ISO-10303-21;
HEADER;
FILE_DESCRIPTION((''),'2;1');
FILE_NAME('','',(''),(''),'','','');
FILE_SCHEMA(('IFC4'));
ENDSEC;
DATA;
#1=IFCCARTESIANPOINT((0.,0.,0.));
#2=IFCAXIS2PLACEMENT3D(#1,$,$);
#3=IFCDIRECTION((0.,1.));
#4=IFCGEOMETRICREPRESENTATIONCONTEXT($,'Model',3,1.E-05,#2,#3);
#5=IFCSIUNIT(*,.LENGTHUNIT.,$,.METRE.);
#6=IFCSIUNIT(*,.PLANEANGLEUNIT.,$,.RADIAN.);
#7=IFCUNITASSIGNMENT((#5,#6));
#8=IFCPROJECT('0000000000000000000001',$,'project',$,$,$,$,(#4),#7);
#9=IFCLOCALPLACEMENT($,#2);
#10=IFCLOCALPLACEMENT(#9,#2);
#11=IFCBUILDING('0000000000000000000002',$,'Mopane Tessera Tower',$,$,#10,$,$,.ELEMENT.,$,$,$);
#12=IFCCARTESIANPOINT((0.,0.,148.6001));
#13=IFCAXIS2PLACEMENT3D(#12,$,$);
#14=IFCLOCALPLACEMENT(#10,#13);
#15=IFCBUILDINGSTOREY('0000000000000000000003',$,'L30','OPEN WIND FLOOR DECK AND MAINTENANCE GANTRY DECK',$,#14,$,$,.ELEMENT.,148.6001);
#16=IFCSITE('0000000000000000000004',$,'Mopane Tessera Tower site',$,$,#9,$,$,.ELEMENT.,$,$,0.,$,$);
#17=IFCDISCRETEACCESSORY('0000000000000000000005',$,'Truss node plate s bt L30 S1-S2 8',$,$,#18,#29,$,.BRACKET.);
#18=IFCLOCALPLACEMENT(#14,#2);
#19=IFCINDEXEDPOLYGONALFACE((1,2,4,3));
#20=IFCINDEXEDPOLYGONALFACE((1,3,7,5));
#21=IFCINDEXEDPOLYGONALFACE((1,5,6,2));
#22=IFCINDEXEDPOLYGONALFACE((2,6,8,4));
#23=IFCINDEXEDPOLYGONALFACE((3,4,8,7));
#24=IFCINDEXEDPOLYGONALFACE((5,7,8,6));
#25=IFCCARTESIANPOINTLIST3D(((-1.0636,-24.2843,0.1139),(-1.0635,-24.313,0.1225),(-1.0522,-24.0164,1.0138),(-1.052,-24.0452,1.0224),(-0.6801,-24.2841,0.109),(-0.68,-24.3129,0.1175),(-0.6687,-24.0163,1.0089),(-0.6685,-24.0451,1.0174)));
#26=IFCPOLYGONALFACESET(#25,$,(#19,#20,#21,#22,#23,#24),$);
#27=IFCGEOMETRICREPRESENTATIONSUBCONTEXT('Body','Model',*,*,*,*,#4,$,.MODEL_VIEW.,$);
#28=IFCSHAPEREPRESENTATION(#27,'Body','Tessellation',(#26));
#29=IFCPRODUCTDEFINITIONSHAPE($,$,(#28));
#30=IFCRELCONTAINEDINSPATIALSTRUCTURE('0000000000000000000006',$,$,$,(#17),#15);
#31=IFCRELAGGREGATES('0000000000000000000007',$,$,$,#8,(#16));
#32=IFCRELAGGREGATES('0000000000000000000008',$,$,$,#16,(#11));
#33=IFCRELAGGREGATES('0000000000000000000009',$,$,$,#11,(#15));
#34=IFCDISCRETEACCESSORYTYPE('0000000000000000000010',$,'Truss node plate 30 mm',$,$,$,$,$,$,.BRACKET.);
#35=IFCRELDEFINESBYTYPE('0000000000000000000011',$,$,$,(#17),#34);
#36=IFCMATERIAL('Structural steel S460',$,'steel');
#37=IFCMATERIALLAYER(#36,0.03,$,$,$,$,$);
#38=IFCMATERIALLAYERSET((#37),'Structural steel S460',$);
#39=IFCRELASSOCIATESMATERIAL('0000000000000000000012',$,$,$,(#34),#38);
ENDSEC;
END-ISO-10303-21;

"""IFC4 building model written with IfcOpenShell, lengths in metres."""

from ifc_helpers import new_model, si_unit, direction, frame, origin, origin_2d, place, context, subcontext, project, spatial, rectangle, extrude, material, layer, layer_set, type_object, element, save


model = new_model("IFC4")

# Units and contexts
model_context = context("Model", 3, precision=1e-05, world=origin(), true_north=direction((0.0, 1.0)))
body_context = subcontext(model_context, "Body", "Model", "MODEL_VIEW")
ifc_project = project(units=[si_unit("LENGTHUNIT", "METRE"), si_unit("PLANEANGLEUNIT", "RADIAN")], contexts=[model_context])

# Site, building, storey
site_placement = place(None, origin())
site = spatial("IfcSite", under=ifc_project, at=site_placement, Name="Mopane Tessera Tower site", CompositionType="ELEMENT", RefElevation=0.0)
building_placement = place(site_placement, origin())
building = spatial("IfcBuilding", under=site, at=building_placement, Name="Mopane Tessera Tower", CompositionType="ELEMENT")
storey_placement = place(building_placement, frame((0.0, 0.0, 148.6001)))
storey = spatial("IfcBuildingStorey", under=building, at=storey_placement, Name="L30", Description="OPEN WIND FLOOR DECK AND MAINTENANCE GANTRY DECK", CompositionType="ELEMENT", Elevation=148.6001)

# Discrete accessory
ifc_material_1 = material(Name="Structural steel S460", Category="steel")
ifc_layer_1 = layer(ifc_material_1, 0.03)
ifc_layer_set_1 = layer_set([ifc_layer_1], Name="Structural steel S460")
discrete_accessory_type = type_object("IfcDiscreteAccessoryType", Name="Truss node plate 30 mm", PredefinedType="BRACKET", material=ifc_layer_set_1)
discrete_accessory_1_placement = place(storey_placement, frame((-0.8718, -24.2986, 0.1157), z_axis=(0.01222, 0.285227, 0.958382), x_axis=(-0.003994, 0.95846, -0.285199)))
element("IfcDiscreteAccessory", 1, at=discrete_accessory_1_placement, inside=storey, type_object=discrete_accessory_type, Name="Truss node plate s bt L30 S1-S2 8", PredefinedType="BRACKET", context=body_context, shape_type="SweptSolid", body=[
    extrude(rectangle(XDim=0.03, YDim=0.3835, at=origin_2d()), origin(), (0.0, 0.0, 1.0), 0.939),
])

save(model, "model.ifc")
